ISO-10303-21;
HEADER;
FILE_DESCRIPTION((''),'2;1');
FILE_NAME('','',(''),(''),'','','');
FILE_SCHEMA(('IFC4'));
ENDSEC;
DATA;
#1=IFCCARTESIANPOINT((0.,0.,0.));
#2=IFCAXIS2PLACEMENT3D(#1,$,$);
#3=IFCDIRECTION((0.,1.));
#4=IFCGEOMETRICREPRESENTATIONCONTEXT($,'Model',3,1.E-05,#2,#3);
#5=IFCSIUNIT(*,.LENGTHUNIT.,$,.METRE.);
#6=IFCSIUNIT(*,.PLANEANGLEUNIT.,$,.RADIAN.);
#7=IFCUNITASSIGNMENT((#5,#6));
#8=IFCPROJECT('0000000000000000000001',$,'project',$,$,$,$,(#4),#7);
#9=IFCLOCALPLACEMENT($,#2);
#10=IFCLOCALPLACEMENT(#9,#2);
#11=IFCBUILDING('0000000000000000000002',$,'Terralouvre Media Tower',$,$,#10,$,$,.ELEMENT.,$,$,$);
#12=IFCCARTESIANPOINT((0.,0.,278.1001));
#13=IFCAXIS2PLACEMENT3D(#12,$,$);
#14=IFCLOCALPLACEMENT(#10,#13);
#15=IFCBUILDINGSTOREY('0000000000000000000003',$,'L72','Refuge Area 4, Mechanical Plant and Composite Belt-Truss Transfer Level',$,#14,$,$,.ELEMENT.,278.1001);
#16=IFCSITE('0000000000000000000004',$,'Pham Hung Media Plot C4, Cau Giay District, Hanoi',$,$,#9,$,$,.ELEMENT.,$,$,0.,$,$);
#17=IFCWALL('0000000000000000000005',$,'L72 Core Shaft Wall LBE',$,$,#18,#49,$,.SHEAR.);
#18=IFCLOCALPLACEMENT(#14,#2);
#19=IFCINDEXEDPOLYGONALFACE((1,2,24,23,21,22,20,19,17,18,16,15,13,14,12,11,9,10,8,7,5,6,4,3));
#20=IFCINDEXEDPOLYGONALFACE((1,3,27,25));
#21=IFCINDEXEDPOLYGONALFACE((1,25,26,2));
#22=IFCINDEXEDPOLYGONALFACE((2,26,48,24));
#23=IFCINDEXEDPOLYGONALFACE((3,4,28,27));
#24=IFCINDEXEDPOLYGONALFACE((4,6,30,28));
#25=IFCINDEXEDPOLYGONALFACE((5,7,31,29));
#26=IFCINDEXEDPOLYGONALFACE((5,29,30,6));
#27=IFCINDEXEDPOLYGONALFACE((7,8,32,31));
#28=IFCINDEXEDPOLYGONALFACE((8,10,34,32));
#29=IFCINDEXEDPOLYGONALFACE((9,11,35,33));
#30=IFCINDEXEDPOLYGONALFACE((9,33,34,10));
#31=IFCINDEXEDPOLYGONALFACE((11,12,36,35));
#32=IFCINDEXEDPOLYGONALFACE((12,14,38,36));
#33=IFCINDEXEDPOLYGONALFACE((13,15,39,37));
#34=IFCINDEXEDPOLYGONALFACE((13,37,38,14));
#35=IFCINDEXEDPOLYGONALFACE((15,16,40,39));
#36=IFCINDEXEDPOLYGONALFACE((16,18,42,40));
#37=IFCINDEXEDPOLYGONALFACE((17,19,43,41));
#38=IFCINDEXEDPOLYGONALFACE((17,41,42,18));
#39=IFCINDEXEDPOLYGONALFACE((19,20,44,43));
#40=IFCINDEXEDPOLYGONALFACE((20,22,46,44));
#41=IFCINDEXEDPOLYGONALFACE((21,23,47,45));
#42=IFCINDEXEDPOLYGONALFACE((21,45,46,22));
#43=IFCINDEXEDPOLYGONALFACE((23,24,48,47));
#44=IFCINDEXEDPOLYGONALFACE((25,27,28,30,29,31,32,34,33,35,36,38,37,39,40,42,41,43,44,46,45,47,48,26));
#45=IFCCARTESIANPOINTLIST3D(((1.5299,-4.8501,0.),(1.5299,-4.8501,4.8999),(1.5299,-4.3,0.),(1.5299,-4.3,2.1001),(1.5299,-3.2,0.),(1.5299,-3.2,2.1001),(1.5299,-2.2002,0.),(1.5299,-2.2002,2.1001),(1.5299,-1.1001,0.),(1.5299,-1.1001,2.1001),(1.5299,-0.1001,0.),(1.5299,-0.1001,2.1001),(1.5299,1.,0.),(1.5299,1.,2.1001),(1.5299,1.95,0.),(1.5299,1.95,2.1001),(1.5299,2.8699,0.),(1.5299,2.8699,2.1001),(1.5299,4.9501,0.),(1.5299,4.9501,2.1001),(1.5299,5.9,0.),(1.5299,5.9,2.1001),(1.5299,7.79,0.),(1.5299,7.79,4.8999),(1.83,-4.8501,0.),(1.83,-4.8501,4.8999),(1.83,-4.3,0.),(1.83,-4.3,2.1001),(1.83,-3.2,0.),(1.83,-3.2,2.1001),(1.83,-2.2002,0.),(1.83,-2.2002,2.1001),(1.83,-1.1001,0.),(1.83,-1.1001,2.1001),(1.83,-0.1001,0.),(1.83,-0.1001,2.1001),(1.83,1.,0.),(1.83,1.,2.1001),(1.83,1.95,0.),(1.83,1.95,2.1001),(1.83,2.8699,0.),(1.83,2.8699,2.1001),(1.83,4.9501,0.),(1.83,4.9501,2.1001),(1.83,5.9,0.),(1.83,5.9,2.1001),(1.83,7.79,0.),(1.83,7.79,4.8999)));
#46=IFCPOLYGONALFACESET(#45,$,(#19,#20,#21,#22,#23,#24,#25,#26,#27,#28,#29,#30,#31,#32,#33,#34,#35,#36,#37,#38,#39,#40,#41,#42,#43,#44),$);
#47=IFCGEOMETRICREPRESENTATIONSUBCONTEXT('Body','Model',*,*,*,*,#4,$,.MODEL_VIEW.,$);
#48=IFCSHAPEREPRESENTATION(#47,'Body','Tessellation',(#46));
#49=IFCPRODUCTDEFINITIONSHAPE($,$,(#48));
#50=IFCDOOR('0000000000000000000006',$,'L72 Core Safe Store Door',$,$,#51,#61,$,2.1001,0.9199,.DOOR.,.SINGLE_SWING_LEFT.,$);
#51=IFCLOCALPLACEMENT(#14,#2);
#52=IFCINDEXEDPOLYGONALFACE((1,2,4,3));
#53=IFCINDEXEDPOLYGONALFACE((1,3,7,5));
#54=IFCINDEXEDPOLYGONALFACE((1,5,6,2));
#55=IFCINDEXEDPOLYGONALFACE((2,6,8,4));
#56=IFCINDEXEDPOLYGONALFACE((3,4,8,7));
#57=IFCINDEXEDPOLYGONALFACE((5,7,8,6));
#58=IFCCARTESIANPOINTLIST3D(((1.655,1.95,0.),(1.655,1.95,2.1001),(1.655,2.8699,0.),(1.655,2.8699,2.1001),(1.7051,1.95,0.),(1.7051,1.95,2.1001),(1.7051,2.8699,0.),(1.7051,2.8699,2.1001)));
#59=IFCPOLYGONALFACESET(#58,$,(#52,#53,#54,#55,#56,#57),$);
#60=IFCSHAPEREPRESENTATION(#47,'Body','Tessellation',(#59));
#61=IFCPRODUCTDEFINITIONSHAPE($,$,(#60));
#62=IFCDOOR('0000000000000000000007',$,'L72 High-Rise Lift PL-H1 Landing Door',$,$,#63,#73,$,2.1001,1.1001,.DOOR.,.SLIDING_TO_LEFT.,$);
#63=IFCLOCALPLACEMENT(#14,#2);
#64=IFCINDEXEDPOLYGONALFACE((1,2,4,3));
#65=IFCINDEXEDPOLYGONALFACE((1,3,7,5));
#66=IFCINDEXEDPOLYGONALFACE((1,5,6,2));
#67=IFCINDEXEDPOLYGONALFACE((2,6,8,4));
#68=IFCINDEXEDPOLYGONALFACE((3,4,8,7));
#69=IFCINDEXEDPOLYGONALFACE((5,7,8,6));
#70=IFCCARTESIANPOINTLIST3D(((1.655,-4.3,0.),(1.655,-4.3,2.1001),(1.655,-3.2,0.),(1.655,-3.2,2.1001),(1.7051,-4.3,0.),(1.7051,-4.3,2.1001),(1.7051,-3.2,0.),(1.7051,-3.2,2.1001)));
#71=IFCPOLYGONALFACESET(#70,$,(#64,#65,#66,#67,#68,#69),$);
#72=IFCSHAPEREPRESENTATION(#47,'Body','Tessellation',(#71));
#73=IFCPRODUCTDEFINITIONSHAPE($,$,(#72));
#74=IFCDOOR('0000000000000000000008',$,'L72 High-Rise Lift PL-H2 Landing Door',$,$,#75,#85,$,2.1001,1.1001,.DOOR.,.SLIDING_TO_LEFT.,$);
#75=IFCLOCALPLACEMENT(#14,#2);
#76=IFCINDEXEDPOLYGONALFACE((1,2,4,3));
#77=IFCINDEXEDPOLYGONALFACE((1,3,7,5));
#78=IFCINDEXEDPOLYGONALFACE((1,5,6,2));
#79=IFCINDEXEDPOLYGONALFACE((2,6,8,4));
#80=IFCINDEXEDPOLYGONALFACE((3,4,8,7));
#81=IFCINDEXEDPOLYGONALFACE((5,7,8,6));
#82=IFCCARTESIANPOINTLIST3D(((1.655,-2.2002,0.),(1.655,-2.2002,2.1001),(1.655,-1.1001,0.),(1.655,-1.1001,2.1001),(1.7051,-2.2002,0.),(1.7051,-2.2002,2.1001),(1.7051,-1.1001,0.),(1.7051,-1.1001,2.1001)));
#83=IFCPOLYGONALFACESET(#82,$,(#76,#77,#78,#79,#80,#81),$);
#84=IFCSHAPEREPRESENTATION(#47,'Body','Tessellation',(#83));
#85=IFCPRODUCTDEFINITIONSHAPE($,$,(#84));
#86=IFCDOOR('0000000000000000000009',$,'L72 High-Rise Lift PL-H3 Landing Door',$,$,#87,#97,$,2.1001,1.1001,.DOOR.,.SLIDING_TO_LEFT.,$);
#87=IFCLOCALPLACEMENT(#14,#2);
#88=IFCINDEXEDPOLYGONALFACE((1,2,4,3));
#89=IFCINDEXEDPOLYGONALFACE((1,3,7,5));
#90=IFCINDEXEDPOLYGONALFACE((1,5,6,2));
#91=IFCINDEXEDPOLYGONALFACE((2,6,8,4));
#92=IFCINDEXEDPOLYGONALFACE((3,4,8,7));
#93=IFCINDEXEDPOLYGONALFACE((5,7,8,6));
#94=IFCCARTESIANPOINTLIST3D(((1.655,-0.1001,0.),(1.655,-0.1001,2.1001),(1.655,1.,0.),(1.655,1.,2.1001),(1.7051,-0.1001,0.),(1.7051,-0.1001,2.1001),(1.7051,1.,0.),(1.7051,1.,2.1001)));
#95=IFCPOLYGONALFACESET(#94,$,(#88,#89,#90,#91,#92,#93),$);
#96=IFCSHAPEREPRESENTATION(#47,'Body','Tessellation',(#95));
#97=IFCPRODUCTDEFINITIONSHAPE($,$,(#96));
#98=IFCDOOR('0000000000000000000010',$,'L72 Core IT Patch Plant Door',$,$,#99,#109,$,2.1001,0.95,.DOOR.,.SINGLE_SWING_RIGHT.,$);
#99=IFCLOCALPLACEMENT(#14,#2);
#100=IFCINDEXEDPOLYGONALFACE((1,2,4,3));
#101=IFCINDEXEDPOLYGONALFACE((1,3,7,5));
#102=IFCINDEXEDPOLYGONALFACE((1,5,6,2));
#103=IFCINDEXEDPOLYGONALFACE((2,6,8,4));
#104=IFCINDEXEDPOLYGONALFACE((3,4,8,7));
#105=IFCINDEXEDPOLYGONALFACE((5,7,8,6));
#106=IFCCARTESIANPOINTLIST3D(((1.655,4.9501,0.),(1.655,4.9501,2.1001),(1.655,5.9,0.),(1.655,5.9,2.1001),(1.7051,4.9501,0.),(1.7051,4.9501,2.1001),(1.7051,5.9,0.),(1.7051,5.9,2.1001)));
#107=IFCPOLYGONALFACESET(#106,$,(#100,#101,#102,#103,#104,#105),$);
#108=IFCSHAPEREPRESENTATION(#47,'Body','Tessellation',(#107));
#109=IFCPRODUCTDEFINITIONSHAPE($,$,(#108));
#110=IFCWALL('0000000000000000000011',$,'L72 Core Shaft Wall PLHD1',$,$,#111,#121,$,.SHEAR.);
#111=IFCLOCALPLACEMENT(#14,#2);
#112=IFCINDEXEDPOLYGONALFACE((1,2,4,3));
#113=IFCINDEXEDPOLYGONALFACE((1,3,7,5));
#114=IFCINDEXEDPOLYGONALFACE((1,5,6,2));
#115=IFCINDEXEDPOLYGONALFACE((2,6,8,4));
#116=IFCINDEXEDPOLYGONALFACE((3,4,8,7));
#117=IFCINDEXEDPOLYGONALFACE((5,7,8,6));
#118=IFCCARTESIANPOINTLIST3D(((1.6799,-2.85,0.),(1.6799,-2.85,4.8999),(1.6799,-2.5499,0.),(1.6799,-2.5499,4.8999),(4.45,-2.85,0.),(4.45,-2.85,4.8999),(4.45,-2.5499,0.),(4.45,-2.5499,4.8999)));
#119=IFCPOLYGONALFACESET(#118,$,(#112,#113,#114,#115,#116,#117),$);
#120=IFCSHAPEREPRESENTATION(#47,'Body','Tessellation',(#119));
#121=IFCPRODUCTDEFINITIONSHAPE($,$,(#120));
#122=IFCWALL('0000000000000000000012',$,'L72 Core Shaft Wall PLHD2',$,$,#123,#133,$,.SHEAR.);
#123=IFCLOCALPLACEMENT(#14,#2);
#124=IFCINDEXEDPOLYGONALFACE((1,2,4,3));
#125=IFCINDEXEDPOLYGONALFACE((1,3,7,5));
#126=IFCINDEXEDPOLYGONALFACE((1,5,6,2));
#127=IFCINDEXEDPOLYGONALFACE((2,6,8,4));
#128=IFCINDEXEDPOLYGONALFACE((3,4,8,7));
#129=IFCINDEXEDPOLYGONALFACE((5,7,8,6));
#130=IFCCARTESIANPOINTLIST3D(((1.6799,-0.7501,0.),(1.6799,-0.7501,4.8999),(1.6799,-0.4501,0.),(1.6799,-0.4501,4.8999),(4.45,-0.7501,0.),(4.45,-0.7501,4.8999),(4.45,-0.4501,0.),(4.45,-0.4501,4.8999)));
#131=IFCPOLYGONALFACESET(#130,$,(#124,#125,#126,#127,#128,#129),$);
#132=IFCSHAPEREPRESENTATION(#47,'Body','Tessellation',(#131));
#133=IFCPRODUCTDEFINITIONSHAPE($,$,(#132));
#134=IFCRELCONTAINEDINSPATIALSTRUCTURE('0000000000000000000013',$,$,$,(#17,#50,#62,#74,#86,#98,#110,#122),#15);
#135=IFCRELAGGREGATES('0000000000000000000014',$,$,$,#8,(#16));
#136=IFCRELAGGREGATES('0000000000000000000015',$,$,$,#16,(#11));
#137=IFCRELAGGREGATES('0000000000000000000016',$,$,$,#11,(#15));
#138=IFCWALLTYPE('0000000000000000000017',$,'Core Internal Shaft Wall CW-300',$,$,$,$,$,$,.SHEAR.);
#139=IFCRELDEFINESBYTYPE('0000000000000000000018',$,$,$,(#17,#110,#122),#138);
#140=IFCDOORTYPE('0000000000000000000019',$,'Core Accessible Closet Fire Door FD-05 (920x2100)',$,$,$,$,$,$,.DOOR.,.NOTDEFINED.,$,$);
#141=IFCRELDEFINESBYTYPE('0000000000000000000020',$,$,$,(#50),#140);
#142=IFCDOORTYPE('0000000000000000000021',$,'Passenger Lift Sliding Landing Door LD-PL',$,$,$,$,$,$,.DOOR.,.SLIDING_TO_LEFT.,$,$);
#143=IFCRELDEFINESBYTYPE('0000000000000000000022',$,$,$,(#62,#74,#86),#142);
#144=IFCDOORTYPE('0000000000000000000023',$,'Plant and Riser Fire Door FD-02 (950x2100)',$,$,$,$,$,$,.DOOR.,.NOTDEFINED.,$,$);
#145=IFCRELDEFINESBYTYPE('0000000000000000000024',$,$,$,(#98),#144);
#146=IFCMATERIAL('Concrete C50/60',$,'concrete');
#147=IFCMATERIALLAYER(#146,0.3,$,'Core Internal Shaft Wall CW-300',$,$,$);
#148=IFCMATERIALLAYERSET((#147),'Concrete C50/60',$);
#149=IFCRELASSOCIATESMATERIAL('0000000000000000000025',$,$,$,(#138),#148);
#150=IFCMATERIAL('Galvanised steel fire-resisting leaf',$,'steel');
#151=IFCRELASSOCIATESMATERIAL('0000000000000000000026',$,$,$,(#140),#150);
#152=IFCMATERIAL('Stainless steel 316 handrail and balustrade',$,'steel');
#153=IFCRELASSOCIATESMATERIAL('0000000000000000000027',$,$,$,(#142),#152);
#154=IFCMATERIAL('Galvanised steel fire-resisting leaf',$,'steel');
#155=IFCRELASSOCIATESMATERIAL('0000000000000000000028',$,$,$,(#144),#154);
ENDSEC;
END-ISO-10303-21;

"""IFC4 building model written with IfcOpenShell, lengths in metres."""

from ifc_helpers import new_model, si_unit, direction, frame, frame_2d, origin, place, context, subcontext, project, spatial, rectangle, extrude, material, layer, layer_set, type_object, element, fill, save


model = new_model("IFC4")

# Units and contexts
model_context = context("Model", 3, precision=1e-05, world=origin(), true_north=direction((0.0, 1.0)))
body_context = subcontext(model_context, "Body", "Model", "MODEL_VIEW")
ifc_project = project(units=[si_unit("LENGTHUNIT", "METRE"), si_unit("PLANEANGLEUNIT", "RADIAN")], contexts=[model_context])

# Site, building, storey
site_placement = place(None, origin())
site = spatial("IfcSite", under=ifc_project, at=site_placement, Name="Pham Hung Media Plot C4, Cau Giay District, Hanoi", CompositionType="ELEMENT", RefElevation=0.0)
building_placement = place(site_placement, origin())
building = spatial("IfcBuilding", under=site, at=building_placement, Name="Terralouvre Media Tower", CompositionType="ELEMENT")
storey_placement = place(building_placement, frame((0.0, 0.0, 278.1001)))
storey = spatial("IfcBuildingStorey", under=building, at=storey_placement, Name="L72", Description="Refuge Area 4, Mechanical Plant and Composite Belt-Truss Transfer Level", CompositionType="ELEMENT", Elevation=278.1001)

# Shared definitions
ifc_material_1 = material(Name="Concrete C50/60", Category="concrete")
ifc_layer_1 = layer(ifc_material_1, 0.3, Name="Core Internal Shaft Wall CW-300")
ifc_layer_set_1 = layer_set([ifc_layer_1], Name="Concrete C50/60")
wall_type = type_object("IfcWallType", Name="Core Internal Shaft Wall CW-300", PredefinedType="SHEAR", material=ifc_layer_set_1)

# Wall, openings, doors
wall_1_placement = place(storey_placement, frame((1.6799, -4.8501, 0.0), z_axis=(0.0, 0.0, 1.0), x_axis=(0.0, 1.0, 0.0)))
wall_1 = element("IfcWall", 1, at=wall_1_placement, inside=storey, type_object=wall_type, Name="L72 Core Shaft Wall LBE", PredefinedType="SHEAR", context=body_context, shape_type="SweptSolid", body=[
    extrude(rectangle(XDim=12.6401, YDim=0.3, at=frame_2d((6.3201, 0.0))), origin(), (0.0, 0.0, 1.0), 4.8999),
])
opening_1_placement = place(wall_1_placement, frame((0.55, 0.0, 0.0)))
opening_1 = element("IfcOpeningElement", 2, at=opening_1_placement, cuts=wall_1, PredefinedType="OPENING", context=body_context, shape_type="SweptSolid", body=[
    extrude(rectangle(XDim=1.1001, YDim=2.1001, at=frame_2d((0.55, 1.05))), frame((0.0, 0.1599, 0.0), z_axis=(0.0, -1.0, 0.0), x_axis=(1.0, 0.0, 0.0)), (0.0, 0.0, 1.0), 0.3201),
])
opening_2_placement = place(wall_1_placement, frame((2.6499, 0.0, 0.0)))
opening_2 = element("IfcOpeningElement", 3, at=opening_2_placement, cuts=wall_1, PredefinedType="OPENING", context=body_context, shape_type="SweptSolid", body=[
    extrude(rectangle(XDim=1.1001, YDim=2.1001, at=frame_2d((0.55, 1.05))), frame((0.0, 0.1599, 0.0), z_axis=(0.0, -1.0, 0.0), x_axis=(1.0, 0.0, 0.0)), (0.0, 0.0, 1.0), 0.3201),
])
opening_3_placement = place(wall_1_placement, frame((4.75, 0.0, 0.0)))
opening_3 = element("IfcOpeningElement", 4, at=opening_3_placement, cuts=wall_1, PredefinedType="OPENING", context=body_context, shape_type="SweptSolid", body=[
    extrude(rectangle(XDim=1.1001, YDim=2.1001, at=frame_2d((0.55, 1.05))), frame((0.0, 0.1599, 0.0), z_axis=(0.0, -1.0, 0.0), x_axis=(1.0, 0.0, 0.0)), (0.0, 0.0, 1.0), 0.3201),
])
opening_4_placement = place(wall_1_placement, frame((6.8, 0.0, 0.0)))
opening_4 = element("IfcOpeningElement", 5, at=opening_4_placement, cuts=wall_1, PredefinedType="OPENING", context=body_context, shape_type="SweptSolid", body=[
    extrude(rectangle(XDim=0.9199, YDim=2.1001, at=frame_2d((0.46, 1.05))), frame((0.0, 0.1599, 0.0), z_axis=(0.0, -1.0, 0.0), x_axis=(1.0, 0.0, 0.0)), (0.0, 0.0, 1.0), 0.3201),
])
opening_5_placement = place(wall_1_placement, frame((9.8, 0.0, 0.0)))
opening_5 = element("IfcOpeningElement", 6, at=opening_5_placement, cuts=wall_1, PredefinedType="OPENING", context=body_context, shape_type="SweptSolid", body=[
    extrude(rectangle(XDim=0.95, YDim=2.1001, at=frame_2d((0.4751, 1.05))), frame((0.0, 0.1599, 0.0), z_axis=(0.0, -1.0, 0.0), x_axis=(1.0, 0.0, 0.0)), (0.0, 0.0, 1.0), 0.3201),
])
ifc_material_2 = material(Name="Galvanised steel fire-resisting leaf", Category="steel")
door_type_1 = type_object("IfcDoorType", Name="Core Accessible Closet Fire Door FD-05 (920x2100)", OperationType="NOTDEFINED", PredefinedType="DOOR", material=ifc_material_2)
door_1_placement = place(opening_4_placement, origin())
door_1 = element("IfcDoor", 7, at=door_1_placement, inside=storey, type_object=door_type_1, Name="L72 Core Safe Store Door", OperationType="SINGLE_SWING_LEFT", OverallHeight=2.1001, OverallWidth=0.9199, PredefinedType="DOOR", context=body_context, shape_type="SweptSolid", body=[
    extrude(rectangle(XDim=0.9199, YDim=2.1001, at=frame_2d((0.46, 1.05))), frame((0.0, 0.0249, 0.0), z_axis=(0.0, -1.0, 0.0), x_axis=(1.0, 0.0, 0.0)), (0.0, 0.0, 1.0), 0.05),
])
fill(opening_4, door_1)
ifc_material_3 = material(Name="Stainless steel 316 handrail and balustrade", Category="steel")
door_type_2 = type_object("IfcDoorType", Name="Passenger Lift Sliding Landing Door LD-PL", OperationType="SLIDING_TO_LEFT", PredefinedType="DOOR", material=ifc_material_3)
door_2_placement = place(opening_1_placement, origin())
door_2 = element("IfcDoor", 8, at=door_2_placement, inside=storey, type_object=door_type_2, Name="L72 High-Rise Lift PL-H1 Landing Door", OperationType="SLIDING_TO_LEFT", OverallHeight=2.1001, OverallWidth=1.1001, PredefinedType="DOOR", context=body_context, shape_type="SweptSolid", body=[
    extrude(rectangle(XDim=1.1001, YDim=2.1001, at=frame_2d((0.55, 1.05))), frame((0.0, 0.0249, 0.0), z_axis=(0.0, -1.0, 0.0), x_axis=(1.0, 0.0, 0.0)), (0.0, 0.0, 1.0), 0.05),
])
fill(opening_1, door_2)
door_3_placement = place(opening_2_placement, origin())
door_3 = element("IfcDoor", 9, at=door_3_placement, inside=storey, type_object=door_type_2, Name="L72 High-Rise Lift PL-H2 Landing Door", OperationType="SLIDING_TO_LEFT", OverallHeight=2.1001, OverallWidth=1.1001, PredefinedType="DOOR", context=body_context, shape_type="SweptSolid", body=[
    extrude(rectangle(XDim=1.1001, YDim=2.1001, at=frame_2d((0.55, 1.05))), frame((0.0, 0.0249, 0.0), z_axis=(0.0, -1.0, 0.0), x_axis=(1.0, 0.0, 0.0)), (0.0, 0.0, 1.0), 0.05),
])
fill(opening_2, door_3)
door_4_placement = place(opening_3_placement, origin())
door_4 = element("IfcDoor", 10, at=door_4_placement, inside=storey, type_object=door_type_2, Name="L72 High-Rise Lift PL-H3 Landing Door", OperationType="SLIDING_TO_LEFT", OverallHeight=2.1001, OverallWidth=1.1001, PredefinedType="DOOR", context=body_context, shape_type="SweptSolid", body=[
    extrude(rectangle(XDim=1.1001, YDim=2.1001, at=frame_2d((0.55, 1.05))), frame((0.0, 0.0249, 0.0), z_axis=(0.0, -1.0, 0.0), x_axis=(1.0, 0.0, 0.0)), (0.0, 0.0, 1.0), 0.05),
])
fill(opening_3, door_4)
ifc_material_4 = material(Name="Galvanised steel fire-resisting leaf", Category="steel")
door_type_3 = type_object("IfcDoorType", Name="Plant and Riser Fire Door FD-02 (950x2100)", OperationType="NOTDEFINED", PredefinedType="DOOR", material=ifc_material_4)
door_5_placement = place(opening_5_placement, origin())
door_5 = element("IfcDoor", 11, at=door_5_placement, inside=storey, type_object=door_type_3, Name="L72 Core IT Patch Plant Door", OperationType="SINGLE_SWING_RIGHT", OverallHeight=2.1001, OverallWidth=0.95, PredefinedType="DOOR", context=body_context, shape_type="SweptSolid", body=[
    extrude(rectangle(XDim=0.95, YDim=2.1001, at=frame_2d((0.4751, 1.05))), frame((0.0, 0.0249, 0.0), z_axis=(0.0, -1.0, 0.0), x_axis=(1.0, 0.0, 0.0)), (0.0, 0.0, 1.0), 0.05),
])
fill(opening_5, door_5)

# Walls
for number, where, z_axis, x_axis, name in (
    (12, (1.6799, -2.7, 0.0), (0.0, 0.0, 1.0), (1.0, 0.0, 0.0), "L72 Core Shaft Wall PLHD1"),
    (13, (1.6799, -0.6001, 0.0), (0.0, 0.0, 1.0), (1.0, 0.0, 0.0), "L72 Core Shaft Wall PLHD2"),
):
    element("IfcWall", number, at=place(storey_placement, frame(where, z_axis=z_axis, x_axis=x_axis)), inside=storey, type_object=wall_type, Name=name, PredefinedType="SHEAR", context=body_context, shape_type="SweptSolid", body=[
        extrude(rectangle(XDim=2.77, YDim=0.3, at=frame_2d((1.385, 0.0))), origin(), (0.0, 0.0, 1.0), 4.8999),
    ])

save(model, "model.ifc")
